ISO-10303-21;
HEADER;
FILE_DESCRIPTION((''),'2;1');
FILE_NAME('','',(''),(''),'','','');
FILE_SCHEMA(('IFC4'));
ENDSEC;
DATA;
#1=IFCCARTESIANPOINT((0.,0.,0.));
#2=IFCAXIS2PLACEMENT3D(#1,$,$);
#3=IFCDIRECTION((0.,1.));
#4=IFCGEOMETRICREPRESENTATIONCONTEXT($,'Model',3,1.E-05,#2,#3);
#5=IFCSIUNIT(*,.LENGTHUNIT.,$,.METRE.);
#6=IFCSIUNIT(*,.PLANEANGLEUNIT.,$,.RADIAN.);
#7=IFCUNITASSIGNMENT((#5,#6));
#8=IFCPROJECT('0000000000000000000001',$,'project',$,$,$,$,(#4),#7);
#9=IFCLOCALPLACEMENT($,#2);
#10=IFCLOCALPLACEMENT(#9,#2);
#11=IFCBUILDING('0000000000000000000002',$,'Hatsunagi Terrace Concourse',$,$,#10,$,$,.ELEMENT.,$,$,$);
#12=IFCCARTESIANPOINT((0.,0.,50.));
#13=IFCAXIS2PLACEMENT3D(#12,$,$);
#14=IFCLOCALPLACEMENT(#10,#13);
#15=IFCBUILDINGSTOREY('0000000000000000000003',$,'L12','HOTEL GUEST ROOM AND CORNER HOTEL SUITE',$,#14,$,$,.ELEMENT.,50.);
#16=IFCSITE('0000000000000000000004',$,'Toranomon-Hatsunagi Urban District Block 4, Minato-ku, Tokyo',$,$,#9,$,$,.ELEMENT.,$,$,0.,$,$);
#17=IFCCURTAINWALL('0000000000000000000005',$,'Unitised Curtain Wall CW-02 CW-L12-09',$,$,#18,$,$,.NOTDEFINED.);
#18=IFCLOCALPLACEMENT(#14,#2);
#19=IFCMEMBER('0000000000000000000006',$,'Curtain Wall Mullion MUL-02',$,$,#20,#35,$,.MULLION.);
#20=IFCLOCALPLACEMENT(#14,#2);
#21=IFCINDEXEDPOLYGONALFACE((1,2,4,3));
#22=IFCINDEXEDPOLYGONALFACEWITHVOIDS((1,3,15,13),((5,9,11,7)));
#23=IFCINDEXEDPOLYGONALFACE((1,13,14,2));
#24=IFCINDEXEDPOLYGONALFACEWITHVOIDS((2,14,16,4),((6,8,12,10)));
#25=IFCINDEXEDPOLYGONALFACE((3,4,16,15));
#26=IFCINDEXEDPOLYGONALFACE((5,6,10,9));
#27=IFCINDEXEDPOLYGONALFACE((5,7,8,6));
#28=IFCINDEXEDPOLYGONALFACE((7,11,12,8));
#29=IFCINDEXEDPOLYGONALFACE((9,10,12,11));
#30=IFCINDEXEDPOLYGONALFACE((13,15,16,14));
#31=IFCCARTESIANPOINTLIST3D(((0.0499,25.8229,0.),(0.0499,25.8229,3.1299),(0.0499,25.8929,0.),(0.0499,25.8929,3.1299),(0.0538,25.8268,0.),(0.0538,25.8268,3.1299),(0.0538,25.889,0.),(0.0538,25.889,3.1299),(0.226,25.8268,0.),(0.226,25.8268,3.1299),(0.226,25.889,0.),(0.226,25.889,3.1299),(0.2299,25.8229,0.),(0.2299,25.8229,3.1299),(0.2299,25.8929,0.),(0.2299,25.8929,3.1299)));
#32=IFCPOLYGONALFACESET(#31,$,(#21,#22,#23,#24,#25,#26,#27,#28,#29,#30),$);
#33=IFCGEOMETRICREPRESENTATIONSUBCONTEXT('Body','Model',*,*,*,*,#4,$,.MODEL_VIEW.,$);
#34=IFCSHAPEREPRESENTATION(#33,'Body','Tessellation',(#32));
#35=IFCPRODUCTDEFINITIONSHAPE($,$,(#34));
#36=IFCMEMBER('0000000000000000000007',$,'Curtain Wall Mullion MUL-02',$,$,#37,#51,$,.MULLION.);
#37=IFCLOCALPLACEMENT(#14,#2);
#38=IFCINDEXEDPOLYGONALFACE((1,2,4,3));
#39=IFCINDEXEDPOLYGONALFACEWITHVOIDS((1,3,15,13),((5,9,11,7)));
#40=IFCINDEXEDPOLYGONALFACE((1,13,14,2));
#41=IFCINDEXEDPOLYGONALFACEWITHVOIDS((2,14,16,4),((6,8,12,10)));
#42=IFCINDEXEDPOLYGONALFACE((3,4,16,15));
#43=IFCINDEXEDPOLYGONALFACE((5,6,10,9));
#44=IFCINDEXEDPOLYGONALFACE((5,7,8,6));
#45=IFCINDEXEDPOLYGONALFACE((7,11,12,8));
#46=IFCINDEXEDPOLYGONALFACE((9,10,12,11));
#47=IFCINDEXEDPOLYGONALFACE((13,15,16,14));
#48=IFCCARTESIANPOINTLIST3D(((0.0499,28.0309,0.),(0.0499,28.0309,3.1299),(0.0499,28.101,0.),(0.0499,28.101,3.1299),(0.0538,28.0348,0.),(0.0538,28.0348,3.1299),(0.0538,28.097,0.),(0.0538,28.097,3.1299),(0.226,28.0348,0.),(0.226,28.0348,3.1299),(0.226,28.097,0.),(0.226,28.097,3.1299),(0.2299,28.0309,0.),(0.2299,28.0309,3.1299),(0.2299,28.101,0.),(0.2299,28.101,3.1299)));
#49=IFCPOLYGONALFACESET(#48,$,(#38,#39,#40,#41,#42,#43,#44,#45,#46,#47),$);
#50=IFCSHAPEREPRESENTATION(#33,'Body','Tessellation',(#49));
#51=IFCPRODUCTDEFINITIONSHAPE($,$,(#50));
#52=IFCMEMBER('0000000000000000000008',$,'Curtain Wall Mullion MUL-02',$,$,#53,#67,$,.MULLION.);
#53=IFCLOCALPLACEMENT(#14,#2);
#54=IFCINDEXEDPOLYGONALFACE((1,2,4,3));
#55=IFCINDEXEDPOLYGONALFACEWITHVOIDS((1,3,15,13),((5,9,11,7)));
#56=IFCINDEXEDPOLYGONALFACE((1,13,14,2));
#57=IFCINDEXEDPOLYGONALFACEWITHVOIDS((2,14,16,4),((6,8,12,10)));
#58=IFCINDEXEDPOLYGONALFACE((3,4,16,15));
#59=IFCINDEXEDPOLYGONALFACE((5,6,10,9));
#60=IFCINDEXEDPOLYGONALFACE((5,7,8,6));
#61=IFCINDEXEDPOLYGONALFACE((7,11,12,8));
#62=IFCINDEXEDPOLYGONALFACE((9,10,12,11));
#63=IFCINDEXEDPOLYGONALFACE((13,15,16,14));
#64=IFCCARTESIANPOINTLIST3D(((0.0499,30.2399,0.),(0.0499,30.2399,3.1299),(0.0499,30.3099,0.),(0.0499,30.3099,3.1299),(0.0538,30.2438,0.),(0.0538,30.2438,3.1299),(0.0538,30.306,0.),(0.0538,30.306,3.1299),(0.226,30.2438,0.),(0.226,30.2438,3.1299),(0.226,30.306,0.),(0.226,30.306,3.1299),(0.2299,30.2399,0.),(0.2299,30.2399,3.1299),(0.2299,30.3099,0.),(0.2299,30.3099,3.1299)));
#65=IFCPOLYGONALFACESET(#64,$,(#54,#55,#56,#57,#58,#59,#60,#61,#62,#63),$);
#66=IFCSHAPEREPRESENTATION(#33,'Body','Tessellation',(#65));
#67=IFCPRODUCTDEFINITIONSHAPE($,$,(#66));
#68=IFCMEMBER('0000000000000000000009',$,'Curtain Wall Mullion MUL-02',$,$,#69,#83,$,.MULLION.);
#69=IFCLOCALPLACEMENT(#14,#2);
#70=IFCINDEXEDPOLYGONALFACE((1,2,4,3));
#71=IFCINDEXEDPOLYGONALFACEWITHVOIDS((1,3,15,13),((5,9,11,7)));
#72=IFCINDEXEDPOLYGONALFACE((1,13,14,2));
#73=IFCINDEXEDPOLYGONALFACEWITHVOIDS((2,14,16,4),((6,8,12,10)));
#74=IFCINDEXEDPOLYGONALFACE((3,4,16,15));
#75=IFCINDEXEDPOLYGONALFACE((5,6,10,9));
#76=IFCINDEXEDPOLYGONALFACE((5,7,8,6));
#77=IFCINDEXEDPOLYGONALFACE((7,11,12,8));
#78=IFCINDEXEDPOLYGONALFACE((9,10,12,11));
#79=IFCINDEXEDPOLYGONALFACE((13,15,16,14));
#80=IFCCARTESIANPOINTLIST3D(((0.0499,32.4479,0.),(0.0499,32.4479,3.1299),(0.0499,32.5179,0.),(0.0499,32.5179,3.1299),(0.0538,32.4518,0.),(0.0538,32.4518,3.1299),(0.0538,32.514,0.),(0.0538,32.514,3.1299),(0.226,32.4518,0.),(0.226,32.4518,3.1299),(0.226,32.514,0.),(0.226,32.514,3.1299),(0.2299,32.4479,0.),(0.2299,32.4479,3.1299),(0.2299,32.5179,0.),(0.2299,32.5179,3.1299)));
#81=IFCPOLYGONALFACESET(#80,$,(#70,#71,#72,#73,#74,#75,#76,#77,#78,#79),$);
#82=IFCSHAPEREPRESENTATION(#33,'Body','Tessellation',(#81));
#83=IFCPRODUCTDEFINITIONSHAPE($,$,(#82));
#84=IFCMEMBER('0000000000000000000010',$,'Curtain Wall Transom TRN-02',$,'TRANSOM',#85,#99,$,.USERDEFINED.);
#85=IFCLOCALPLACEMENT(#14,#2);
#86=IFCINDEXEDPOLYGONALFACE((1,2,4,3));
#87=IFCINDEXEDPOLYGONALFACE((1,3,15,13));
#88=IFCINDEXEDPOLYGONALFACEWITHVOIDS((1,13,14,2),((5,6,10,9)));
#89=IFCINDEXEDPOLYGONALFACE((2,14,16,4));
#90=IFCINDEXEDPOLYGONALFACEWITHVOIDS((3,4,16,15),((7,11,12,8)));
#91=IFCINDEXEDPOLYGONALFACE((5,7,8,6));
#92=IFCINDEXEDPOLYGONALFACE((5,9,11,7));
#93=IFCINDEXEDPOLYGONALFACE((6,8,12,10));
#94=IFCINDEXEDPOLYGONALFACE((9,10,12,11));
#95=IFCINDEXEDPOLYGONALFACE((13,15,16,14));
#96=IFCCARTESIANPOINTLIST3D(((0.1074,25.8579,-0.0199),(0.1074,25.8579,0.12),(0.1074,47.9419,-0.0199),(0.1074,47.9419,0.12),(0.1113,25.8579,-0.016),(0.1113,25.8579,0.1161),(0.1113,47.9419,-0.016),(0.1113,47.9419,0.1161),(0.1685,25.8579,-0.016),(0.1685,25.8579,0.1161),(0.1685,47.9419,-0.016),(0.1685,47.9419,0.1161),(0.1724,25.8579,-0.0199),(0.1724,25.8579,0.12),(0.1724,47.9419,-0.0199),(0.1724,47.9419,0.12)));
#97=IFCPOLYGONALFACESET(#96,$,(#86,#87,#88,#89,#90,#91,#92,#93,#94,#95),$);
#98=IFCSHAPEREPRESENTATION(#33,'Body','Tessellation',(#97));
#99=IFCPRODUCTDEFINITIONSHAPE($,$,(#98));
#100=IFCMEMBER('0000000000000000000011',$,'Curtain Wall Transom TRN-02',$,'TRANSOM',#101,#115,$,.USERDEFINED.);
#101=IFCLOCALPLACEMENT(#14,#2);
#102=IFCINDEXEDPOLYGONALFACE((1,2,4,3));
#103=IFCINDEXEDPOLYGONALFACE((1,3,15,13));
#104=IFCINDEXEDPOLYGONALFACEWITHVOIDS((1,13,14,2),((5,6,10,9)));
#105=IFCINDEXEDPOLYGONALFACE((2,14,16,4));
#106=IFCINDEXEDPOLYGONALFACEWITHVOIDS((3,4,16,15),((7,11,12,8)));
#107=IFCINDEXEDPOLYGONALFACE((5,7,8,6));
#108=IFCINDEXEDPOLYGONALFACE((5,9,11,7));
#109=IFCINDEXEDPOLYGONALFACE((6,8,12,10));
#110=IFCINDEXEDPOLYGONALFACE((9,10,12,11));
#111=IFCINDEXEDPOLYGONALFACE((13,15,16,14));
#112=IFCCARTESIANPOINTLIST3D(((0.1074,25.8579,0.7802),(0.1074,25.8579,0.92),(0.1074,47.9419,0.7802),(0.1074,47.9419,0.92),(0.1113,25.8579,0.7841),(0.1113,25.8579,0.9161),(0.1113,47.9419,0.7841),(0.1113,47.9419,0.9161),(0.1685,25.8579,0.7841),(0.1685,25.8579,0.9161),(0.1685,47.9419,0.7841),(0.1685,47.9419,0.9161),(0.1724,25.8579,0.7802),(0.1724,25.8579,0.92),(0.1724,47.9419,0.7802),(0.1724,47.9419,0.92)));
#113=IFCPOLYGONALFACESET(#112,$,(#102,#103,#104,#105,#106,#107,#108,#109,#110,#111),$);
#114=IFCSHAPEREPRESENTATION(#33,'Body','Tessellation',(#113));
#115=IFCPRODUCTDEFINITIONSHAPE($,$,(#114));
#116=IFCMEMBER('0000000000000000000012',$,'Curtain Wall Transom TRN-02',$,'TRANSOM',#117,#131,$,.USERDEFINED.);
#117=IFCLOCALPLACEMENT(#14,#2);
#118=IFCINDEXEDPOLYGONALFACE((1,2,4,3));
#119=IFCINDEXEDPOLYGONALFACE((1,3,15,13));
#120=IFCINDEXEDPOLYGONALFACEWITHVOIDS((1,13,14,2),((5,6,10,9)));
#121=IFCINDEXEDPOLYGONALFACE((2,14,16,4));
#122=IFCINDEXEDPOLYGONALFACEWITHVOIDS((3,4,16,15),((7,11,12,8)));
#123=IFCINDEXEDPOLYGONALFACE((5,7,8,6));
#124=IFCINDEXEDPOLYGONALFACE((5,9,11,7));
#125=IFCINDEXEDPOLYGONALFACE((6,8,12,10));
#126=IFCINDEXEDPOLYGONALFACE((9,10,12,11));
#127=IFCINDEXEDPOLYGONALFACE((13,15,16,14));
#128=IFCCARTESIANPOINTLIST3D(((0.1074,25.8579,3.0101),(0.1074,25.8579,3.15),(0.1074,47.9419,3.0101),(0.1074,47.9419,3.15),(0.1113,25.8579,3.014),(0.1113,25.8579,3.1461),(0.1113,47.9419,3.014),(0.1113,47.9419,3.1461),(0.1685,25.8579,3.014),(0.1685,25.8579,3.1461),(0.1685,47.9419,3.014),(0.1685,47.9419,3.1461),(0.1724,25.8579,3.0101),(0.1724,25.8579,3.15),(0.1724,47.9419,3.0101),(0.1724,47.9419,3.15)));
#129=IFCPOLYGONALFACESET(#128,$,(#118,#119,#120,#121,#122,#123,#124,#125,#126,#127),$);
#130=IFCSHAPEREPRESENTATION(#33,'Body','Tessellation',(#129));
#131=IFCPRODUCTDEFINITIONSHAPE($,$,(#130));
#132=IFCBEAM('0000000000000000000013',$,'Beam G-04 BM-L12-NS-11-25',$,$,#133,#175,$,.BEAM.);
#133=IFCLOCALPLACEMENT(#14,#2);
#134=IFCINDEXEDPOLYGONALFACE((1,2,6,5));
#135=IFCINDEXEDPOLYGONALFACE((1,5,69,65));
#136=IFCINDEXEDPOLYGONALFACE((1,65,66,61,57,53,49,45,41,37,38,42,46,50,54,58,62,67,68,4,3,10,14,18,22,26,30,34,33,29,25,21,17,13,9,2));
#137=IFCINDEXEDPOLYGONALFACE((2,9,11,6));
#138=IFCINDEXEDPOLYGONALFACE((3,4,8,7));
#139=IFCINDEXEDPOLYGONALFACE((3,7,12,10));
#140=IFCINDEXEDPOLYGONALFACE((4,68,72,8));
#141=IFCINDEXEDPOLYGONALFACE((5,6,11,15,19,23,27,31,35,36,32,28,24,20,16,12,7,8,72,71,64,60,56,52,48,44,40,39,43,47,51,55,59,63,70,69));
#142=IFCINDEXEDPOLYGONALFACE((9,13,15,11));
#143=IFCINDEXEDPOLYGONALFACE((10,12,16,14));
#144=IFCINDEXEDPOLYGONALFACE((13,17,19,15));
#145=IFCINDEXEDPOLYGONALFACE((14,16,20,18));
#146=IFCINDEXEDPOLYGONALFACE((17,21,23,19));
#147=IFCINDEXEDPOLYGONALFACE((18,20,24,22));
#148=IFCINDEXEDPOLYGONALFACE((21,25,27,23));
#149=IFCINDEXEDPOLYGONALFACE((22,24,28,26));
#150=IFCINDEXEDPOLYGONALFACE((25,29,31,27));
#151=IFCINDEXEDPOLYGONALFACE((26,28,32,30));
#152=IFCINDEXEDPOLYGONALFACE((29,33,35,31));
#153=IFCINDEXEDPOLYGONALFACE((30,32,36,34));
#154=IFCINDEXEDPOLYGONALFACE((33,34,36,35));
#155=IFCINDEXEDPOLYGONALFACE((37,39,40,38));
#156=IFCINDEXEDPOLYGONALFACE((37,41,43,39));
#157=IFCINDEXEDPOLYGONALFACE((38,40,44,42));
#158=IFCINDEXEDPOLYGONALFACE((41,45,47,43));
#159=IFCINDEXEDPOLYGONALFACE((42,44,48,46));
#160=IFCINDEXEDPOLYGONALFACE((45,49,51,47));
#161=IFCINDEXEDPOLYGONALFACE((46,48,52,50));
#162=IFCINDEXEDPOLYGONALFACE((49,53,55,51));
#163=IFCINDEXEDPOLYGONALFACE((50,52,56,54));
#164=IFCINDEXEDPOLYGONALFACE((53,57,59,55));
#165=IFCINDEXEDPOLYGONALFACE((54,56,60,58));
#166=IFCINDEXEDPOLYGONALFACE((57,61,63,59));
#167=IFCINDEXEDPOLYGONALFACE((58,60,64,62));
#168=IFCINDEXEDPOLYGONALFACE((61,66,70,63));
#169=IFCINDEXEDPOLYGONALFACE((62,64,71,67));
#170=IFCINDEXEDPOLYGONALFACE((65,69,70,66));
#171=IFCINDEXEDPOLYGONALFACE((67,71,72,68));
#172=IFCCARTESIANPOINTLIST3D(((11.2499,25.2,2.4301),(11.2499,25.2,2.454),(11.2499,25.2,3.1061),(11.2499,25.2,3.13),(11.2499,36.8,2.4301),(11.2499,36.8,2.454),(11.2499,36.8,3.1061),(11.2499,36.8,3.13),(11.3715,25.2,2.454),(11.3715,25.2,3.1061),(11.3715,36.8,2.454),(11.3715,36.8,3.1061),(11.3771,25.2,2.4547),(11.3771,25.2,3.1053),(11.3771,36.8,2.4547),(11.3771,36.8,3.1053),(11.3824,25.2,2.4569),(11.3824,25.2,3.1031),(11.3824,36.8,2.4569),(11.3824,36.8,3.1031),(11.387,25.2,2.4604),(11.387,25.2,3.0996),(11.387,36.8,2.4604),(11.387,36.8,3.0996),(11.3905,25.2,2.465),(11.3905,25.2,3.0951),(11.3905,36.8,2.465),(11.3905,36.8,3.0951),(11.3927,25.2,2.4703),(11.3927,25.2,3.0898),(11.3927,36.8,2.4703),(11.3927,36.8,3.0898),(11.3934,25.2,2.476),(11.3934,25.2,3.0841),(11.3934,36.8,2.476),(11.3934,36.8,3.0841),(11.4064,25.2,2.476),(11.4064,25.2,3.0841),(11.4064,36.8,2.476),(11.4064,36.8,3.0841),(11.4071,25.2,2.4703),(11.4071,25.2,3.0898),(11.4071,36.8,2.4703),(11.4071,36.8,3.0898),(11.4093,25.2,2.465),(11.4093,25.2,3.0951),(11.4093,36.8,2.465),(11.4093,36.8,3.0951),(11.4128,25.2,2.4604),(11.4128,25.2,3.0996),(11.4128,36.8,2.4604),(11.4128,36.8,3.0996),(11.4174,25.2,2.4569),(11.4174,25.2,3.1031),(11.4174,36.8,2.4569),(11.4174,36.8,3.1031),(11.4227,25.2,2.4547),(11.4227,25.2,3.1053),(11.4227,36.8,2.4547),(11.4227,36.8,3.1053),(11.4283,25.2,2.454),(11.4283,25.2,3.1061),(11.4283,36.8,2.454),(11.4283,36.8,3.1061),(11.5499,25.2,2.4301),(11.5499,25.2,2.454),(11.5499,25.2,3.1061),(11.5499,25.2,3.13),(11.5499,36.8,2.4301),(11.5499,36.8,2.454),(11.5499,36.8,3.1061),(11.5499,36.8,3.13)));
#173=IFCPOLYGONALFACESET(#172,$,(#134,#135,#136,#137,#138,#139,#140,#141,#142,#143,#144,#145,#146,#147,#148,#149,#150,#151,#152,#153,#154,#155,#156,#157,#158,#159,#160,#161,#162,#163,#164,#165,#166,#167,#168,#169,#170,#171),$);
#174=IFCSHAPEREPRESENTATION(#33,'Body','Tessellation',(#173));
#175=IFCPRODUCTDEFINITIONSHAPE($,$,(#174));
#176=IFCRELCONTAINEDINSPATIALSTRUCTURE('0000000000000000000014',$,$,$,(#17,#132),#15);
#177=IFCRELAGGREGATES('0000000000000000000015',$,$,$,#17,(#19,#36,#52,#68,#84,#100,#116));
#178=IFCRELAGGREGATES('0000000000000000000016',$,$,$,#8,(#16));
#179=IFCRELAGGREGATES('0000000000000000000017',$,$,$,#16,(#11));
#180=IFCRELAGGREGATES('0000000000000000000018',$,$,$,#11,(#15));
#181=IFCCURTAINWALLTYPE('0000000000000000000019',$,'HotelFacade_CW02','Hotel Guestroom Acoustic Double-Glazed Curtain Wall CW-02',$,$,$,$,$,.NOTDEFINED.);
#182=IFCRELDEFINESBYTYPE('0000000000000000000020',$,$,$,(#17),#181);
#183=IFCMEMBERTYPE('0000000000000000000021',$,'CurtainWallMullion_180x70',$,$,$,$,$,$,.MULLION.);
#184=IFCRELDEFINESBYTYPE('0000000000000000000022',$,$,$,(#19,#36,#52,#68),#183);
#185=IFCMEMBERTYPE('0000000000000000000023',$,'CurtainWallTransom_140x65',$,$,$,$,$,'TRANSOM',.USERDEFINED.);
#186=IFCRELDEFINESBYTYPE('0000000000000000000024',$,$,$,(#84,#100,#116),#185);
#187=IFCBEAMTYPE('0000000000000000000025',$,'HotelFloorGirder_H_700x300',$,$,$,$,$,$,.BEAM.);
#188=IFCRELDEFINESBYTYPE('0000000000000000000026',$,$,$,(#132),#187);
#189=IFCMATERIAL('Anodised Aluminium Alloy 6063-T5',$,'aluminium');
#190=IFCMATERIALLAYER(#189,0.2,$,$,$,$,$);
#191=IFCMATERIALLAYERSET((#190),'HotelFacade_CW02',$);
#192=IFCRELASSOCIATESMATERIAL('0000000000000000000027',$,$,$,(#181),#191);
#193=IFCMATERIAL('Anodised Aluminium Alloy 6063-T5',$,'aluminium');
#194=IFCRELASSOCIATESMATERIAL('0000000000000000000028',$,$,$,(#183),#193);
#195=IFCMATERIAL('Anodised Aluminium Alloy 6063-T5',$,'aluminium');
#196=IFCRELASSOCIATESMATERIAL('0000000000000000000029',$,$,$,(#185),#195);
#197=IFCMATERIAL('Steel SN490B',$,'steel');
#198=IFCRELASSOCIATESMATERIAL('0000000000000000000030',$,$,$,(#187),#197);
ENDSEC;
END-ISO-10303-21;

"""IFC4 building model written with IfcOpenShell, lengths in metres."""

from ifc_helpers import new_model, si_unit, direction, frame, origin, origin_2d, place, context, subcontext, project, spatial, hollow_rectangle, i_section, extrude, material, layer, layer_set, material_profile, profile_set, type_object, element, aggregate, save


model = new_model("IFC4")

# Units and contexts
model_context = context("Model", 3, precision=1e-05, world=origin(), true_north=direction((0.0, 1.0)))
body_context = subcontext(model_context, "Body", "Model", "MODEL_VIEW")
ifc_project = project(units=[si_unit("LENGTHUNIT", "METRE"), si_unit("PLANEANGLEUNIT", "RADIAN")], contexts=[model_context])

# Site, building, storey
site_placement = place(None, origin())
site = spatial("IfcSite", under=ifc_project, at=site_placement, Name="Toranomon-Hatsunagi Urban District Block 4, Minato-ku, Tokyo", CompositionType="ELEMENT", RefElevation=0.0)
building_placement = place(site_placement, origin())
building = spatial("IfcBuilding", under=site, at=building_placement, Name="Hatsunagi Terrace Concourse", CompositionType="ELEMENT")
storey_placement = place(building_placement, frame((0.0, 0.0, 50.0)))
storey = spatial("IfcBuildingStorey", under=building, at=storey_placement, Name="L12", Description="HOTEL GUEST ROOM AND CORNER HOTEL SUITE", CompositionType="ELEMENT", Elevation=50.0)

# Curtain wall, members
ifc_material_1 = material(Name="Anodised Aluminium Alloy 6063-T5", Category="aluminium")
ifc_layer_1 = layer(ifc_material_1, 0.2)
ifc_layer_set_1 = layer_set([ifc_layer_1], Name="HotelFacade_CW02")
curtain_wall_type = type_object("IfcCurtainWallType", Name="HotelFacade_CW02", Description="Hotel Guestroom Acoustic Double-Glazed Curtain Wall CW-02", PredefinedType="NOTDEFINED", material=ifc_layer_set_1)
curtain_wall_placement = place(storey_placement, origin())
curtain_wall = element("IfcCurtainWall", 1, at=curtain_wall_placement, inside=storey, type_object=curtain_wall_type, Name="Unitised Curtain Wall CW-02 CW-L12-09", PredefinedType="NOTDEFINED")
ifc_material_2 = material(Name="Anodised Aluminium Alloy 6063-T5", Category="aluminium")
ifc_material_profile_1 = material_profile(ifc_material_2, hollow_rectangle(XDim=0.0701, YDim=0.1799, WallThickness=0.0039, at=origin_2d()), Name="ALU-MUL-180x70x4")
ifc_profile_set_1 = profile_set([ifc_material_profile_1], Name="Anodised Aluminium Alloy 6063-T5")
member_type_1 = type_object("IfcMemberType", Name="CurtainWallMullion_180x70", PredefinedType="MULLION", material=ifc_profile_set_1)
member_1_placement = place(storey_placement, frame((0.1399, 25.8579, 0.0), z_axis=(0.0, 0.0, 1.0), x_axis=(0.0, 1.0, 0.0)))
member_1 = element("IfcMember", 2, at=member_1_placement, type_object=member_type_1, Name="Curtain Wall Mullion MUL-02", PredefinedType="MULLION", context=body_context, shape_type="SweptSolid", body=[
    extrude(hollow_rectangle(XDim=0.0701, YDim=0.1799, WallThickness=0.0039, at=origin_2d()), origin(), (0.0, 0.0, 1.0), 3.1299),
])
member_2_placement = place(storey_placement, frame((0.1399, 28.0659, 0.0), z_axis=(0.0, 0.0, 1.0), x_axis=(0.0, 1.0, 0.0)))
member_2 = element("IfcMember", 3, at=member_2_placement, type_object=member_type_1, Name="Curtain Wall Mullion MUL-02", PredefinedType="MULLION", context=body_context, shape_type="SweptSolid", body=[
    extrude(hollow_rectangle(XDim=0.0701, YDim=0.1799, WallThickness=0.0039, at=origin_2d()), origin(), (0.0, 0.0, 1.0), 3.1299),
])
member_3_placement = place(storey_placement, frame((0.1399, 30.2749, 0.0), z_axis=(0.0, 0.0, 1.0), x_axis=(0.0, 1.0, 0.0)))
member_3 = element("IfcMember", 4, at=member_3_placement, type_object=member_type_1, Name="Curtain Wall Mullion MUL-02", PredefinedType="MULLION", context=body_context, shape_type="SweptSolid", body=[
    extrude(hollow_rectangle(XDim=0.0701, YDim=0.1799, WallThickness=0.0039, at=origin_2d()), origin(), (0.0, 0.0, 1.0), 3.1299),
])
member_4_placement = place(storey_placement, frame((0.1399, 32.4829, 0.0), z_axis=(0.0, 0.0, 1.0), x_axis=(0.0, 1.0, 0.0)))
member_4 = element("IfcMember", 5, at=member_4_placement, type_object=member_type_1, Name="Curtain Wall Mullion MUL-02", PredefinedType="MULLION", context=body_context, shape_type="SweptSolid", body=[
    extrude(hollow_rectangle(XDim=0.0701, YDim=0.1799, WallThickness=0.0039, at=origin_2d()), origin(), (0.0, 0.0, 1.0), 3.1299),
])
ifc_material_3 = material(Name="Anodised Aluminium Alloy 6063-T5", Category="aluminium")
ifc_material_profile_2 = material_profile(ifc_material_3, hollow_rectangle(XDim=0.0649, YDim=0.1399, WallThickness=0.0039, at=origin_2d()), Name="ALU-TRN-140x65x4")
ifc_profile_set_2 = profile_set([ifc_material_profile_2], Name="Anodised Aluminium Alloy 6063-T5")
member_type_2 = type_object("IfcMemberType", Name="CurtainWallTransom_140x65", ElementType="TRANSOM", PredefinedType="USERDEFINED", material=ifc_profile_set_2)
member_5_placement = place(storey_placement, frame((0.1399, 25.8579, 0.05), z_axis=(0.0, 1.0, 0.0), x_axis=(-1.0, 0.0, 0.0)))
member_5 = element("IfcMember", 6, at=member_5_placement, type_object=member_type_2, Name="Curtain Wall Transom TRN-02", ObjectType="TRANSOM", PredefinedType="USERDEFINED", context=body_context, shape_type="SweptSolid", body=[
    extrude(hollow_rectangle(XDim=0.0649, YDim=0.1399, WallThickness=0.0039, at=origin_2d()), origin(), (0.0, 0.0, 1.0), 22.084),
])
member_6_placement = place(storey_placement, frame((0.1399, 25.8579, 0.8501), z_axis=(0.0, 1.0, 0.0), x_axis=(-1.0, 0.0, 0.0)))
member_6 = element("IfcMember", 7, at=member_6_placement, type_object=member_type_2, Name="Curtain Wall Transom TRN-02", ObjectType="TRANSOM", PredefinedType="USERDEFINED", context=body_context, shape_type="SweptSolid", body=[
    extrude(hollow_rectangle(XDim=0.0649, YDim=0.1399, WallThickness=0.0039, at=origin_2d()), origin(), (0.0, 0.0, 1.0), 22.084),
])
member_7_placement = place(storey_placement, frame((0.1399, 25.8579, 3.0801), z_axis=(0.0, 1.0, 0.0), x_axis=(-1.0, 0.0, 0.0)))
member_7 = element("IfcMember", 8, at=member_7_placement, type_object=member_type_2, Name="Curtain Wall Transom TRN-02", ObjectType="TRANSOM", PredefinedType="USERDEFINED", context=body_context, shape_type="SweptSolid", body=[
    extrude(hollow_rectangle(XDim=0.0649, YDim=0.1399, WallThickness=0.0039, at=origin_2d()), origin(), (0.0, 0.0, 1.0), 22.084),
])

# Beam
ifc_material_4 = material(Name="Steel SN490B", Category="steel")
ifc_material_profile_3 = material_profile(ifc_material_4, i_section(OverallWidth=0.3, OverallDepth=0.7, WebThickness=0.0129, FlangeThickness=0.0239, FilletRadius=0.022, at=origin_2d()), Name="H-700x300x13x24")
ifc_profile_set_3 = profile_set([ifc_material_profile_3], Name="Steel SN490B")
beam_type_1 = type_object("IfcBeamType", Name="HotelFloorGirder_H_700x300", PredefinedType="BEAM", material=ifc_profile_set_3)
beam_1_placement = place(storey_placement, frame((11.3999, 25.2, 2.78), z_axis=(0.0, 1.0, 0.0), x_axis=(-1.0, 0.0, 0.0)))
element("IfcBeam", 9, at=beam_1_placement, inside=storey, type_object=beam_type_1, Name="Beam G-04 BM-L12-NS-11-25", PredefinedType="BEAM", context=body_context, shape_type="SweptSolid", body=[
    extrude(i_section(OverallWidth=0.3, OverallDepth=0.7, WebThickness=0.0129, FlangeThickness=0.0239, FilletRadius=0.022, at=origin_2d()), origin(), (0.0, 0.0, 1.0), 11.6001),
])

aggregate(curtain_wall, [member_1, member_2, member_3, member_4, member_5, member_6, member_7])

save(model, "model.ifc")
